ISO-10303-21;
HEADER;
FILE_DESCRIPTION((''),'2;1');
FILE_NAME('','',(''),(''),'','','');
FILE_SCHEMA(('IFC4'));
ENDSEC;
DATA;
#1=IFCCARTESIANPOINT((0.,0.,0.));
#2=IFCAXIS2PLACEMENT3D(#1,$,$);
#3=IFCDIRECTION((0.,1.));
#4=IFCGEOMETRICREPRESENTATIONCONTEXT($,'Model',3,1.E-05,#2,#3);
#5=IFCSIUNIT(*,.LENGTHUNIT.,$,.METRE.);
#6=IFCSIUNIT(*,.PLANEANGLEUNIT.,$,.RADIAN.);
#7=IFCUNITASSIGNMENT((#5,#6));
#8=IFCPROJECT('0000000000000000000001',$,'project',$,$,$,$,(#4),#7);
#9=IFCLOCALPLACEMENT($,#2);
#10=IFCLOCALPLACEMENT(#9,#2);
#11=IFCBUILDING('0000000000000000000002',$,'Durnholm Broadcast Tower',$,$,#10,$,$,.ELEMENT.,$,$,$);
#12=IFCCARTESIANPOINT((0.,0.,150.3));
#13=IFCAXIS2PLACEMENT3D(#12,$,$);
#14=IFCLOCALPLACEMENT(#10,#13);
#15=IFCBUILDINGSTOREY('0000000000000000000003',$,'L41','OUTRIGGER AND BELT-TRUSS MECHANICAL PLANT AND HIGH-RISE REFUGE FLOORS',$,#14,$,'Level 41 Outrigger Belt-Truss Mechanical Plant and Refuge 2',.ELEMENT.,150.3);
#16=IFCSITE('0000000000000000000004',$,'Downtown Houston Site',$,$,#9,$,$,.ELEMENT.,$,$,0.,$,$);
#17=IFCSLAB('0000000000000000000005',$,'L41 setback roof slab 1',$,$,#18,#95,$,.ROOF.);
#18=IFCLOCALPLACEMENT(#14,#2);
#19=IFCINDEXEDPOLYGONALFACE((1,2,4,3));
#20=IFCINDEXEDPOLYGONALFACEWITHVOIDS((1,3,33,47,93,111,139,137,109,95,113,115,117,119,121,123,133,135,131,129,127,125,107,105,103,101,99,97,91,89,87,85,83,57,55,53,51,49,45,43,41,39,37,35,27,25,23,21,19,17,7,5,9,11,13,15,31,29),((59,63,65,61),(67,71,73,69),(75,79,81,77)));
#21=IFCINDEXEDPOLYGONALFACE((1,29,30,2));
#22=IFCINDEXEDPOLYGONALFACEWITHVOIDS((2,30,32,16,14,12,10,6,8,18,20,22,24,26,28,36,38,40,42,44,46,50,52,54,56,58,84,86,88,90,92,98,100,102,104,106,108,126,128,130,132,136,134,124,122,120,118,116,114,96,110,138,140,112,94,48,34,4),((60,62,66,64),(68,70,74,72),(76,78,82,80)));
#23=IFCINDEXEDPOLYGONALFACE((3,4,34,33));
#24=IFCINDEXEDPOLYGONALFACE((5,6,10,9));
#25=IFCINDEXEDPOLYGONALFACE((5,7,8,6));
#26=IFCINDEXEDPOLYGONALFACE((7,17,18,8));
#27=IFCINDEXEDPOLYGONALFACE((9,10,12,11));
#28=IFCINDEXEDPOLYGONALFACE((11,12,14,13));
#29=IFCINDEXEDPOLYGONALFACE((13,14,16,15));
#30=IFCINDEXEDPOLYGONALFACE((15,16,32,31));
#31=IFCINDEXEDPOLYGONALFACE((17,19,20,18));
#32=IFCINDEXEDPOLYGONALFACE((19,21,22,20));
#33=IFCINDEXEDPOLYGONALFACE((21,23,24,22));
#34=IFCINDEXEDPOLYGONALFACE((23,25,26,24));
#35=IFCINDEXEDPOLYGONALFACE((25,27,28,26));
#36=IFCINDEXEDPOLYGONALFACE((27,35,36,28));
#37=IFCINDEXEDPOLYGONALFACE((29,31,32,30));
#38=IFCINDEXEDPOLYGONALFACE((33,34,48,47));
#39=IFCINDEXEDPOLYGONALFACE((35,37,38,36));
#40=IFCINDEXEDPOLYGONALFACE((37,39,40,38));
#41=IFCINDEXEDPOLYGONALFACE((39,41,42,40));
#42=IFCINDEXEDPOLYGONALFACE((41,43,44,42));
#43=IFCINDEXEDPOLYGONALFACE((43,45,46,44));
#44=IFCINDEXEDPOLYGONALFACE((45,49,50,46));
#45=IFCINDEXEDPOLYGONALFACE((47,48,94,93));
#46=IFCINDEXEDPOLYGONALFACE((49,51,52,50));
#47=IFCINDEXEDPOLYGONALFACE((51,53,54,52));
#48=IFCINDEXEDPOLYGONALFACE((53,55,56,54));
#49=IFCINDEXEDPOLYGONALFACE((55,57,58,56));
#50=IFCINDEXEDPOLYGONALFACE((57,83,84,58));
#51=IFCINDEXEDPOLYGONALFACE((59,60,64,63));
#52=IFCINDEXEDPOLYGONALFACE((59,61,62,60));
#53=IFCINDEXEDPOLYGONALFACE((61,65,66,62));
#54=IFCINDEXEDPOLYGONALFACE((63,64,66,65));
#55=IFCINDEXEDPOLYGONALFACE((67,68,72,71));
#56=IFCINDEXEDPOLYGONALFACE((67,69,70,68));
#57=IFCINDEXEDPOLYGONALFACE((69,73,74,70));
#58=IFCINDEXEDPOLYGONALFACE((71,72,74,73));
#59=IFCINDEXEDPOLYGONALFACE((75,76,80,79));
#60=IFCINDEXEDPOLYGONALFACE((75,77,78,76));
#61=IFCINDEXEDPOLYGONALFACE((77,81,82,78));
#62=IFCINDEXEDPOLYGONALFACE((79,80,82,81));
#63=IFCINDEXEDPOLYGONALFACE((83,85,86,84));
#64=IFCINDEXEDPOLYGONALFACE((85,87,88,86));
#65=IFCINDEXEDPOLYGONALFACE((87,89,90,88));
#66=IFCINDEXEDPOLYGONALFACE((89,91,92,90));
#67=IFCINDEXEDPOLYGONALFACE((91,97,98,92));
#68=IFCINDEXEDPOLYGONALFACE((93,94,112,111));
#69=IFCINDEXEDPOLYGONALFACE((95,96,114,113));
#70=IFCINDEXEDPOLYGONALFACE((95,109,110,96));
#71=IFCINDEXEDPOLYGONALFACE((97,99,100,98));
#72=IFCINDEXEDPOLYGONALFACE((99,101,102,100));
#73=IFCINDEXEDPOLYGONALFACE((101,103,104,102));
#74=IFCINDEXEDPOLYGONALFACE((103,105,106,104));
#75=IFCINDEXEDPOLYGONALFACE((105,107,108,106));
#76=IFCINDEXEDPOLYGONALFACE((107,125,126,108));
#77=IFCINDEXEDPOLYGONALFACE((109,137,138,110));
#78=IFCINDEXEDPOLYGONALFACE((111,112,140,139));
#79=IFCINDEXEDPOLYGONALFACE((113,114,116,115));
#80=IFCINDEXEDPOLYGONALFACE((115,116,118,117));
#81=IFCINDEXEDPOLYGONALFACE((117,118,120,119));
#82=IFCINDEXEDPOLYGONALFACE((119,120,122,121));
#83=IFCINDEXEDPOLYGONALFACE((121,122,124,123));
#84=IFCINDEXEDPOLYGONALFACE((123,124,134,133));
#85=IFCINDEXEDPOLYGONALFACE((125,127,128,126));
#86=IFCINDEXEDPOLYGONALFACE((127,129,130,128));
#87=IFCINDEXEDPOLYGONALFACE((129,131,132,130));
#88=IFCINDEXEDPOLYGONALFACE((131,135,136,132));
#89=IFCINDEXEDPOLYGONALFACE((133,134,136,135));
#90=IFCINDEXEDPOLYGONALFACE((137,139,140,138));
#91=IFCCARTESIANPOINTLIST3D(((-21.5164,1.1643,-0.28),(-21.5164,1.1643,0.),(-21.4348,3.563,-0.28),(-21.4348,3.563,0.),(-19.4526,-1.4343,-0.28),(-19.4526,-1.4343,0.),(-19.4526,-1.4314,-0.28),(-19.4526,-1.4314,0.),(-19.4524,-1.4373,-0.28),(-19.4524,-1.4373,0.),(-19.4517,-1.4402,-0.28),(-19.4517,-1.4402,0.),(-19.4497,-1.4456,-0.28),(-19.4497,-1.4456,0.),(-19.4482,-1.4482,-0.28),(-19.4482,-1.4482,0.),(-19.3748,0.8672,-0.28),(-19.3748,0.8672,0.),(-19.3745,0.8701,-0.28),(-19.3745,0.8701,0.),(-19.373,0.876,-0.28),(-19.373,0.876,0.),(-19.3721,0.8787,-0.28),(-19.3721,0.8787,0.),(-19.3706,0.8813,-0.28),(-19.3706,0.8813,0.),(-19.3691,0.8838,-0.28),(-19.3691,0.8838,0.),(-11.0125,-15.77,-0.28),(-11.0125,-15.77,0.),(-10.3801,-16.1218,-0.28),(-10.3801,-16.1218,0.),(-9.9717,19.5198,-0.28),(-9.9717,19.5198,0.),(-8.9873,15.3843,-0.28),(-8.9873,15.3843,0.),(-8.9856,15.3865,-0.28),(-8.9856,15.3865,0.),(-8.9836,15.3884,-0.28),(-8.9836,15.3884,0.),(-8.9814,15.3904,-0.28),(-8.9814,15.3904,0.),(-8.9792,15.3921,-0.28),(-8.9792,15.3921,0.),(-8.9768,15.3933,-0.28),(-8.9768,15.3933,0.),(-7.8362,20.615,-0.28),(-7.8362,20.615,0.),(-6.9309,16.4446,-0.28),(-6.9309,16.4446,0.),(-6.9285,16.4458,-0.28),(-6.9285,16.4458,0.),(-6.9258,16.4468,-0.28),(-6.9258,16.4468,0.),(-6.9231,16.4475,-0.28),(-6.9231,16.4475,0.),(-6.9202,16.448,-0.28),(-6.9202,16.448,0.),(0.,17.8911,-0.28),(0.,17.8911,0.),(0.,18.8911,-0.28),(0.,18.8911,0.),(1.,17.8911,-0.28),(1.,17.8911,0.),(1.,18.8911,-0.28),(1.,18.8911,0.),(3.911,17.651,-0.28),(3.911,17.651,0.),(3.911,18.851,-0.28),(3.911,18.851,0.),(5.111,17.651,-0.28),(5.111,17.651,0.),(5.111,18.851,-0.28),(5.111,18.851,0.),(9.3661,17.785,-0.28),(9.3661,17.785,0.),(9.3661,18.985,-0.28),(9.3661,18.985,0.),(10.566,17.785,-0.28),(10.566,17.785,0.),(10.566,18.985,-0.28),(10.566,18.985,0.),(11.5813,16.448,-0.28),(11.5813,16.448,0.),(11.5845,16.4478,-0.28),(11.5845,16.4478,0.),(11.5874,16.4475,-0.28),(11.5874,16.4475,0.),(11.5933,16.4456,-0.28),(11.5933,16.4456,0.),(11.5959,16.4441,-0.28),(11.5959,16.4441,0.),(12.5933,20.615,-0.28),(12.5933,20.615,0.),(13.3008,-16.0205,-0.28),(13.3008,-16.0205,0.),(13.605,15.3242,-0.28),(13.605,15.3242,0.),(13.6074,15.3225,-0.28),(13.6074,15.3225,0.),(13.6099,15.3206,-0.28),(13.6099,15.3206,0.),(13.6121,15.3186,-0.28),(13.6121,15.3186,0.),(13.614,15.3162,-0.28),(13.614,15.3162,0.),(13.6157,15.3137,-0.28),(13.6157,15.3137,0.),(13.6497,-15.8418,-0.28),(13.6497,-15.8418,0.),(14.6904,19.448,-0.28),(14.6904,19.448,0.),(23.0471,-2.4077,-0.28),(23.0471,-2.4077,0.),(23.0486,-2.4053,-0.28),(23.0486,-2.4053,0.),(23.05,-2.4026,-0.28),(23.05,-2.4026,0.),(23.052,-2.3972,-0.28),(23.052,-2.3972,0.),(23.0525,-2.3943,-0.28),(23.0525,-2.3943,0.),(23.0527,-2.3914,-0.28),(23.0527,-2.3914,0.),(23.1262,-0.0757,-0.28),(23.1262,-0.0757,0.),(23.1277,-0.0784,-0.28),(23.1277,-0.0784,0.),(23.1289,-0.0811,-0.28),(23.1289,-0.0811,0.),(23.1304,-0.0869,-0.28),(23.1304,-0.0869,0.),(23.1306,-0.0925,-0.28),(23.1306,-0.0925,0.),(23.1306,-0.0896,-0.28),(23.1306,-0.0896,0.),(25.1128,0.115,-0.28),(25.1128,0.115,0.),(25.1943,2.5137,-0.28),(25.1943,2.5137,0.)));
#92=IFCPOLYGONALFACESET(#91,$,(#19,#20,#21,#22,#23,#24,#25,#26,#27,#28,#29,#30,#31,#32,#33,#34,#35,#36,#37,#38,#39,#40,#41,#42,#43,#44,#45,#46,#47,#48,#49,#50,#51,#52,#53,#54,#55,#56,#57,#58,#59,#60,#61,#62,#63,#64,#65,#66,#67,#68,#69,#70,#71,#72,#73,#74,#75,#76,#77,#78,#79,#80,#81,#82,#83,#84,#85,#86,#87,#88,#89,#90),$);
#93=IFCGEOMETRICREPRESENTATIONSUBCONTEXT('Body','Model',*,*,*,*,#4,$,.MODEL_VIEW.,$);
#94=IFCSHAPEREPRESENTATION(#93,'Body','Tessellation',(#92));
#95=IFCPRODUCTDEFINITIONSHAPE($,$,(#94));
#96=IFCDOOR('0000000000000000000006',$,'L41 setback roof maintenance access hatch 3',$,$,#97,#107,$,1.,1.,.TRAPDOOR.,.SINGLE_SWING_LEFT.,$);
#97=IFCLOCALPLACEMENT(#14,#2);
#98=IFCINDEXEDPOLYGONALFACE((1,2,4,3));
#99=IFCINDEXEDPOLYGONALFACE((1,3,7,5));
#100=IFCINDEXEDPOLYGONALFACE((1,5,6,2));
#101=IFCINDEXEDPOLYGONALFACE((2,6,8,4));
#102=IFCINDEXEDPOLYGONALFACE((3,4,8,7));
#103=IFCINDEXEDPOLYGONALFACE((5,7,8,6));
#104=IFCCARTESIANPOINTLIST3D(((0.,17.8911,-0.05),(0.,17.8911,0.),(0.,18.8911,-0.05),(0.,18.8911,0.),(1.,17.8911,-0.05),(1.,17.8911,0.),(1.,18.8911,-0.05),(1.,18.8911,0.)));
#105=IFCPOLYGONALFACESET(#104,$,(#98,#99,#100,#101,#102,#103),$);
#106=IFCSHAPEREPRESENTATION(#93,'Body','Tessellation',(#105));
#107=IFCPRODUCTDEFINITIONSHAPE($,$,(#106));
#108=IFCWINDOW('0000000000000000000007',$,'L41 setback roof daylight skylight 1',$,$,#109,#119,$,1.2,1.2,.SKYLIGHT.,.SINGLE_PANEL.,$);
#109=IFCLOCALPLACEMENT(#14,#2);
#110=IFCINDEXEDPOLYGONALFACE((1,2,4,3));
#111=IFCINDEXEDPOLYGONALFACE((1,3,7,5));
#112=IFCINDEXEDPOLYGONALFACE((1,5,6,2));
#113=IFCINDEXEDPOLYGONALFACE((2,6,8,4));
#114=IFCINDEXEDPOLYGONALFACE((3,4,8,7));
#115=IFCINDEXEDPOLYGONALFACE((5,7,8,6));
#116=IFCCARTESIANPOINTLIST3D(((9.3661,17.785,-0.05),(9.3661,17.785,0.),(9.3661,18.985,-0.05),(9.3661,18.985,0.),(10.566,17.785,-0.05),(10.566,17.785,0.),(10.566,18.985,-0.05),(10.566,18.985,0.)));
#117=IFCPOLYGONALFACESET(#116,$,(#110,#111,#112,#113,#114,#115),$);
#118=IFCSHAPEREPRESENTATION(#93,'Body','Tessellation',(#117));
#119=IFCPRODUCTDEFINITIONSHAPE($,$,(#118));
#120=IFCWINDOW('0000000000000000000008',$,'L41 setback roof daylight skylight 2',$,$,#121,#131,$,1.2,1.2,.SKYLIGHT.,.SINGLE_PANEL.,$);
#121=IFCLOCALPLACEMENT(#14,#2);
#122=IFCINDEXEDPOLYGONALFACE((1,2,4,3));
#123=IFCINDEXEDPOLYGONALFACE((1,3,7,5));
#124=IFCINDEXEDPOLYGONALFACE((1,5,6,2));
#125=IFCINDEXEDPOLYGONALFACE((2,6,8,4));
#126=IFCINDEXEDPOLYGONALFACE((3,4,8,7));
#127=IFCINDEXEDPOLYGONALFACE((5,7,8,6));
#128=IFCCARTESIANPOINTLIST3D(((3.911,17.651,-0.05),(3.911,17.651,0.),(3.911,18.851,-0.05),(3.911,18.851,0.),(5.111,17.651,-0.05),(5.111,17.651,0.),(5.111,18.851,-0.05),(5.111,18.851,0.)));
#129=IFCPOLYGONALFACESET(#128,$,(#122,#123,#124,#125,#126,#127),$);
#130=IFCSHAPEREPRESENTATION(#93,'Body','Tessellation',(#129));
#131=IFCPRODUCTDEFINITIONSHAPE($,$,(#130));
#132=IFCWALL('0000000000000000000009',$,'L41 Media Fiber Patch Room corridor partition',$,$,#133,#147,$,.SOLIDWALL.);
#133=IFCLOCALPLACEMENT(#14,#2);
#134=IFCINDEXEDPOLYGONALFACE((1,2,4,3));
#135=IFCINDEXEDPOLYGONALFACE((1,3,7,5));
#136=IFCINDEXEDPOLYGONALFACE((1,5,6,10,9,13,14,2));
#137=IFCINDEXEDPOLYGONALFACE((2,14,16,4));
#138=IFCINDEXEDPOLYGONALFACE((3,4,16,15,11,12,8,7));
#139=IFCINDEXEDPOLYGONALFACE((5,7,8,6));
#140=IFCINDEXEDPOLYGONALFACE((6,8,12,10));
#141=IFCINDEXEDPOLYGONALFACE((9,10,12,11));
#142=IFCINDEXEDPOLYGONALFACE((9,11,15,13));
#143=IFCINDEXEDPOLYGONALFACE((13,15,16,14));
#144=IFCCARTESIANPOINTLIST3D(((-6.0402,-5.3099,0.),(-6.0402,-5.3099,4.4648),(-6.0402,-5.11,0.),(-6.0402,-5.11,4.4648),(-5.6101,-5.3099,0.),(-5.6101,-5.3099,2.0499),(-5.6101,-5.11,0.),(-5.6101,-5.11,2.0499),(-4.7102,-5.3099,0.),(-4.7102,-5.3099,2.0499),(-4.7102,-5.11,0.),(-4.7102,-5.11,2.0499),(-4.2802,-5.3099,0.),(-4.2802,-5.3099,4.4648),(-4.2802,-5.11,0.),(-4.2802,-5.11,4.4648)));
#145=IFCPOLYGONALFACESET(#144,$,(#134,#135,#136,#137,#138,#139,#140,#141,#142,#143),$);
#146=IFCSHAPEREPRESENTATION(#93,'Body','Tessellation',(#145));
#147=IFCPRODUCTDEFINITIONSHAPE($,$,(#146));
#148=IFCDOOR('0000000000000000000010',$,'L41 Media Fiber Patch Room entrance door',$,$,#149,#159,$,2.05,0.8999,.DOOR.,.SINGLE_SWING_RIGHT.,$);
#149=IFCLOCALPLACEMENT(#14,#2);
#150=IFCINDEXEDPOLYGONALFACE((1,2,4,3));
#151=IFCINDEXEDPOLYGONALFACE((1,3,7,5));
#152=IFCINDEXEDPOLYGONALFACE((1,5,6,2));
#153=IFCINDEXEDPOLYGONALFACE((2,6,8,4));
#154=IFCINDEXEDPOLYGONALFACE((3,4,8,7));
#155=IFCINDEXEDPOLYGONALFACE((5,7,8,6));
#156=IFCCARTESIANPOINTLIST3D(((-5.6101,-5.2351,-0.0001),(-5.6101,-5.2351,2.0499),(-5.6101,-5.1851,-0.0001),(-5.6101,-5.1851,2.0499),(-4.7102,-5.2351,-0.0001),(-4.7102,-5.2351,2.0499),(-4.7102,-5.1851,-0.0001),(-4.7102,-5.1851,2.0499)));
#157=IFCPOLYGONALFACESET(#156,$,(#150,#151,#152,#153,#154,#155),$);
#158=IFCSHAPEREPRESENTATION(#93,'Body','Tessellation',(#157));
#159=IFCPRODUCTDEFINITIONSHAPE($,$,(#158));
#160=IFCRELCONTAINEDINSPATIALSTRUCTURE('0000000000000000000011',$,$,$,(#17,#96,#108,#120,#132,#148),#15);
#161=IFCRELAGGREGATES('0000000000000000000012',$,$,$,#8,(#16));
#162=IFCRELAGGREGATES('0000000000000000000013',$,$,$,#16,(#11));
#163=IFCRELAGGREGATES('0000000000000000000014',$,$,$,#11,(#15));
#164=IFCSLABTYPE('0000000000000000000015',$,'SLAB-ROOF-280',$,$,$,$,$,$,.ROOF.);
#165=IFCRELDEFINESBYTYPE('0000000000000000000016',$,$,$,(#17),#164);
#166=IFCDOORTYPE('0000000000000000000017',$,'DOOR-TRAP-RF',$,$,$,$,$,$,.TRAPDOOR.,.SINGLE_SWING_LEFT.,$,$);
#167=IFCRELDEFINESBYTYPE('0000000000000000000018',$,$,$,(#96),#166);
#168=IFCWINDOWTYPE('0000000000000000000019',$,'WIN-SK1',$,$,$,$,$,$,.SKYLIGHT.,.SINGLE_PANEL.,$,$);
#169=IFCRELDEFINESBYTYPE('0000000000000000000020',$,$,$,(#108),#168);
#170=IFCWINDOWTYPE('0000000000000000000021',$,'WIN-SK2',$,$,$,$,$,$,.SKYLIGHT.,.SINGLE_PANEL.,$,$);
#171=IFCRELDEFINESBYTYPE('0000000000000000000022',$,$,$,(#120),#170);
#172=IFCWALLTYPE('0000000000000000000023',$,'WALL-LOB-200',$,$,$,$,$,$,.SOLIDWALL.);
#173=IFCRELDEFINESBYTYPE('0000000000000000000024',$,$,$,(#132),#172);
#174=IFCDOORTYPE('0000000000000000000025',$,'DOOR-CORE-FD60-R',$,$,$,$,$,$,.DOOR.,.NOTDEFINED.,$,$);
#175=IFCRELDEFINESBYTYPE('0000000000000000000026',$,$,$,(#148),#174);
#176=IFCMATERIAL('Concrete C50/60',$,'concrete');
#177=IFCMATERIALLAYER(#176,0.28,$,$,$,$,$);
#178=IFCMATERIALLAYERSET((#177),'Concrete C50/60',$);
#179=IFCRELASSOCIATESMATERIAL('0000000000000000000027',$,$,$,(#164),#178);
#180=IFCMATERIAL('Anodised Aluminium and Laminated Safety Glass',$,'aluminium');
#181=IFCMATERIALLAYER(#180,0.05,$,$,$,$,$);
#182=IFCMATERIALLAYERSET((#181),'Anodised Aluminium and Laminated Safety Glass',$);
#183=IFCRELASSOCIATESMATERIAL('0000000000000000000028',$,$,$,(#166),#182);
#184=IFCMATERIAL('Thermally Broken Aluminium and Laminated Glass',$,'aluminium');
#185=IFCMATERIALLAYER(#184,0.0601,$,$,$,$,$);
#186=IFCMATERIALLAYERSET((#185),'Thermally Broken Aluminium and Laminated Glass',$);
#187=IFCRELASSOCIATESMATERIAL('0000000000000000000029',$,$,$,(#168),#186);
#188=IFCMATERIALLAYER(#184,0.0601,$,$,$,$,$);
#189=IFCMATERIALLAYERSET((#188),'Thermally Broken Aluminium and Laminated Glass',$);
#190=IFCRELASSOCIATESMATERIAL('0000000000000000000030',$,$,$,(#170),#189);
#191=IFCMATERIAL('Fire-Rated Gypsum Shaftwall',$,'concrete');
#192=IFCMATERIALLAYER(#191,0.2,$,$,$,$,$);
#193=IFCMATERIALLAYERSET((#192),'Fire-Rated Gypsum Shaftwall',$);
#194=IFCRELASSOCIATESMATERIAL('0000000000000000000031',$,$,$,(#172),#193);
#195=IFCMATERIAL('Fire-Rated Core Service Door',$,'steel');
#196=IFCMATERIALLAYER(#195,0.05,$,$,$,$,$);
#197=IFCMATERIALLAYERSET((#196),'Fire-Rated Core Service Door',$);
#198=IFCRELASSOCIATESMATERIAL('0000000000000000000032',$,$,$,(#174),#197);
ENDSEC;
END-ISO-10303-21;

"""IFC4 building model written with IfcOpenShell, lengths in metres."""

from ifc_helpers import new_model, si_unit, direction, frame, frame_2d, origin, origin_2d, place, context, subcontext, project, spatial, polyline, rectangle, outline, extrude, source, transform, mapped, material, layer, layer_set, type_object, type_shapes, element, fill, save


model = new_model("IFC4")

# Units and contexts
model_context = context("Model", 3, precision=1e-05, world=origin(), true_north=direction((0.0, 1.0)))
body_context = subcontext(model_context, "Body", "Model", "MODEL_VIEW")
ifc_project = project(units=[si_unit("LENGTHUNIT", "METRE"), si_unit("PLANEANGLEUNIT", "RADIAN")], contexts=[model_context])

# Site, building, storey
site_placement = place(None, origin())
site = spatial("IfcSite", under=ifc_project, at=site_placement, Name="Downtown Houston Site", CompositionType="ELEMENT", RefElevation=0.0)
building_placement = place(site_placement, origin())
building = spatial("IfcBuilding", under=site, at=building_placement, Name="Durnholm Broadcast Tower", CompositionType="ELEMENT")
storey_placement = place(building_placement, frame((0.0, 0.0, 150.3)))
storey = spatial("IfcBuildingStorey", under=building, at=storey_placement, Name="L41", Description="OUTRIGGER AND BELT-TRUSS MECHANICAL PLANT AND HIGH-RISE REFUGE FLOORS", LongName="Level 41 Outrigger Belt-Truss Mechanical Plant and Refuge 2", CompositionType="ELEMENT", Elevation=150.3)

# Shared definitions
ifc_material_1 = material(Name="Concrete C50/60", Category="concrete")

# Slab, openings, door, windows
ifc_layer_1 = layer(ifc_material_1, 0.28)
ifc_layer_set_1 = layer_set([ifc_layer_1], Name="Concrete C50/60")
slab_type_1 = type_object("IfcSlabType", Name="SLAB-ROOF-280", PredefinedType="ROOF", material=ifc_layer_set_1)
slab_1_placement = place(storey_placement, frame((0.0, 0.0, -0.28)))
slab_1 = element("IfcSlab", 1, at=slab_1_placement, inside=storey, type_object=slab_type_1, Name="L41 setback roof slab 1", PredefinedType="ROOF", context=body_context, shape_type="SweptSolid", body=[
    extrude(outline(polyline([(-11.0125, -15.77), (-10.3801, -16.1218), (-19.4482, -1.4482), (-19.4497, -1.4456), (-19.4507, -1.4429), (-19.4517, -1.4402), (-19.4524, -1.4373), (-19.4526, -1.4343), (-19.4526, -1.4314), (-19.3748, 0.8672), (-19.3745, 0.8701), (-19.3738, 0.873), (-19.373, 0.876), (-19.3721, 0.8787), (-19.3706, 0.8813), (-19.3691, 0.8838), (-8.9873, 15.3843), (-8.9856, 15.3865), (-8.9836, 15.3884), (-8.9814, 15.3904), (-8.9792, 15.3921), (-8.9768, 15.3933), (-6.9309, 16.4446), (-6.9285, 16.4458), (-6.9258, 16.4468), (-6.9231, 16.4475), (-6.9202, 16.448), (-6.9172, 16.448), (11.5813, 16.448), (11.5845, 16.4478), (11.5874, 16.4475), (11.5903, 16.4465), (11.5933, 16.4456), (11.5959, 16.4441), (13.605, 15.3242), (13.6074, 15.3225), (13.6099, 15.3206), (13.6121, 15.3186), (13.614, 15.3162), (13.6157, 15.3137), (23.1262, -0.0757), (23.1277, -0.0784), (23.1289, -0.0811), (23.1296, -0.084), (23.1304, -0.0869), (23.1306, -0.0896), (23.1306, -0.0925), (23.0527, -2.3914), (23.0525, -2.3943), (23.052, -2.3972), (23.051, -2.3999), (23.05, -2.4026), (23.0486, -2.4053), (23.0471, -2.4077), (13.3008, -16.0205), (13.6497, -15.8418), (25.1128, 0.115), (25.1943, 2.5137), (14.6904, 19.448), (12.5933, 20.615), (-7.8362, 20.615), (-9.9717, 19.5198), (-21.4348, 3.563), (-21.5164, 1.1643), (-11.0125, -15.77)])), origin(), (0.0, 0.0, 1.0), 0.28),
])
opening_1_placement = place(slab_1_placement, frame((9.9661, 18.385, -0.01)))
opening_1 = element("IfcOpeningElement", 2, at=opening_1_placement, cuts=slab_1, PredefinedType="OPENING", context=body_context, shape_type="SweptSolid", body=[
    extrude(rectangle(XDim=1.2, YDim=1.2, at=origin_2d()), origin(), (0.0, 0.0, 1.0), 0.3),
])
opening_2_placement = place(slab_1_placement, frame((4.511, 18.251, -0.01)))
opening_2 = element("IfcOpeningElement", 3, at=opening_2_placement, cuts=slab_1, PredefinedType="OPENING", context=body_context, shape_type="SweptSolid", body=[
    extrude(rectangle(XDim=1.2, YDim=1.2, at=origin_2d()), origin(), (0.0, 0.0, 1.0), 0.3),
])
opening_3_placement = place(slab_1_placement, frame((0.5, 18.3911, -0.01)))
opening_3 = element("IfcOpeningElement", 4, at=opening_3_placement, cuts=slab_1, PredefinedType="OPENING", context=body_context, shape_type="SweptSolid", body=[
    extrude(rectangle(XDim=1.0, YDim=1.0, at=origin_2d()), origin(), (0.0, 0.0, 1.0), 0.3),
])
ifc_material_2 = material(Name="Anodised Aluminium and Laminated Safety Glass", Category="aluminium")
ifc_layer_2 = layer(ifc_material_2, 0.05)
ifc_layer_set_2 = layer_set([ifc_layer_2], Name="Anodised Aluminium and Laminated Safety Glass")
door_type_1 = type_object("IfcDoorType", Name="DOOR-TRAP-RF", OperationType="SINGLE_SWING_LEFT", PredefinedType="TRAPDOOR", material=ifc_layer_set_2)
door_1_placement = place(opening_3_placement, frame((0.0, 0.0, 0.24)))
door_1 = element("IfcDoor", 5, at=door_1_placement, inside=storey, type_object=door_type_1, Name="L41 setback roof maintenance access hatch 3", OperationType="SINGLE_SWING_LEFT", OverallHeight=1.0, OverallWidth=1.0, PredefinedType="TRAPDOOR", context=body_context, shape_type="SweptSolid", body=[
    extrude(rectangle(XDim=1.0, YDim=1.0, at=origin_2d()), origin(), (0.0, 0.0, 1.0), 0.05),
])
fill(opening_3, door_1)
ifc_material_3 = material(Name="Thermally Broken Aluminium and Laminated Glass", Category="aluminium")
ifc_layer_3 = layer(ifc_material_3, 0.0601)
ifc_layer_set_3 = layer_set([ifc_layer_3], Name="Thermally Broken Aluminium and Laminated Glass")
window_type_1 = type_object("IfcWindowType", Name="WIN-SK1", PartitioningType="SINGLE_PANEL", PredefinedType="SKYLIGHT", material=ifc_layer_set_3)
window_1_placement = place(opening_1_placement, frame((0.0, 0.0, 0.24)))
window_1 = element("IfcWindow", 6, at=window_1_placement, inside=storey, type_object=window_type_1, Name="L41 setback roof daylight skylight 1", OverallHeight=1.2, OverallWidth=1.2, PartitioningType="SINGLE_PANEL", PredefinedType="SKYLIGHT", context=body_context, shape_type="SweptSolid", body=[
    extrude(rectangle(XDim=1.2, YDim=1.2, at=origin_2d()), origin(), (0.0, 0.0, 1.0), 0.05),
])
fill(opening_1, window_1)
ifc_layer_4 = layer(ifc_material_3, 0.0601)
ifc_layer_set_4 = layer_set([ifc_layer_4], Name="Thermally Broken Aluminium and Laminated Glass")
window_type_2 = type_object("IfcWindowType", Name="WIN-SK2", PartitioningType="SINGLE_PANEL", PredefinedType="SKYLIGHT", material=ifc_layer_set_4)
window_2_placement = place(opening_2_placement, frame((0.0, 0.0, 0.24)))
window_2 = element("IfcWindow", 7, at=window_2_placement, inside=storey, type_object=window_type_2, Name="L41 setback roof daylight skylight 2", OverallHeight=1.2, OverallWidth=1.2, PartitioningType="SINGLE_PANEL", PredefinedType="SKYLIGHT", context=body_context, shape_type="SweptSolid", body=[
    extrude(rectangle(XDim=1.2, YDim=1.2, at=origin_2d()), origin(), (0.0, 0.0, 1.0), 0.05),
])
fill(opening_2, window_2)

# Wall, opening, door
ifc_material_4 = material(Name="Fire-Rated Gypsum Shaftwall", Category="concrete")
ifc_layer_5 = layer(ifc_material_4, 0.2)
ifc_layer_set_5 = layer_set([ifc_layer_5], Name="Fire-Rated Gypsum Shaftwall")
wall_type_1 = type_object("IfcWallType", Name="WALL-LOB-200", PredefinedType="SOLIDWALL", material=ifc_layer_set_5)
wall_1_placement = place(storey_placement, frame((-6.04, -5.21, 0.0), z_axis=(0.0, 0.0, 1.0), x_axis=(1.0, 0.0, 0.0)))
wall_1 = element("IfcWall", 8, at=wall_1_placement, inside=storey, type_object=wall_type_1, Name="L41 Media Fiber Patch Room corridor partition", PredefinedType="SOLIDWALL", context=body_context, shape_type="SweptSolid", body=[
    extrude(rectangle(XDim=1.76, YDim=0.2, at=frame_2d((0.8799, 0.0))), origin(), (0.0, 0.0, 1.0), 4.4648),
])
opening_4_placement = place(wall_1_placement, frame((0.4299, 0.0, 0.0)))
opening_4 = element("IfcOpeningElement", 9, at=opening_4_placement, cuts=wall_1, PredefinedType="OPENING", context=body_context, shape_type="SweptSolid", body=[
    extrude(rectangle(XDim=0.8999, YDim=2.05, at=frame_2d((0.45, 1.0249))), frame((0.0, 0.1099, 0.0), z_axis=(0.0, -1.0, 0.0), x_axis=(1.0, 0.0, 0.0)), (0.0, 0.0, 1.0), 0.22),
])
ifc_material_5 = material(Name="Fire-Rated Core Service Door", Category="steel")
ifc_layer_6 = layer(ifc_material_5, 0.05)
ifc_layer_set_6 = layer_set([ifc_layer_6], Name="Fire-Rated Core Service Door")
door_type_2 = type_object("IfcDoorType", Name="DOOR-CORE-FD60-R", OperationType="NOTDEFINED", PredefinedType="DOOR", material=ifc_layer_set_6)
shared_shape_1 = source(origin(), body_context, "Body", "SweptSolid", [
    extrude(rectangle(XDim=0.8999, YDim=2.05, at=frame_2d((0.45, 1.0249))), frame((0.0, 0.0249, 0.0), z_axis=(0.0, -1.0, 0.0), x_axis=(1.0, 0.0, 0.0)), (0.0, 0.0, 1.0), 0.05),
])
type_shapes(door_type_2, [shared_shape_1])
door_2_placement = place(opening_4_placement, origin())
door_2 = element("IfcDoor", 10, at=door_2_placement, inside=storey, type_object=door_type_2, Name="L41 Media Fiber Patch Room entrance door", OperationType="SINGLE_SWING_RIGHT", OverallHeight=2.05, OverallWidth=0.8999, PredefinedType="DOOR", context=body_context, shape_type="MappedRepresentation", body=[
    mapped(shared_shape_1, transform((0.0, 0.0, 0.0), x_axis=(1.0, 0.0, 0.0), y_axis=(0.0, 1.0, 0.0), z_axis=(0.0, 0.0, 1.0), scale=1.0)),
])
fill(opening_4, door_2)

save(model, "model.ifc")
